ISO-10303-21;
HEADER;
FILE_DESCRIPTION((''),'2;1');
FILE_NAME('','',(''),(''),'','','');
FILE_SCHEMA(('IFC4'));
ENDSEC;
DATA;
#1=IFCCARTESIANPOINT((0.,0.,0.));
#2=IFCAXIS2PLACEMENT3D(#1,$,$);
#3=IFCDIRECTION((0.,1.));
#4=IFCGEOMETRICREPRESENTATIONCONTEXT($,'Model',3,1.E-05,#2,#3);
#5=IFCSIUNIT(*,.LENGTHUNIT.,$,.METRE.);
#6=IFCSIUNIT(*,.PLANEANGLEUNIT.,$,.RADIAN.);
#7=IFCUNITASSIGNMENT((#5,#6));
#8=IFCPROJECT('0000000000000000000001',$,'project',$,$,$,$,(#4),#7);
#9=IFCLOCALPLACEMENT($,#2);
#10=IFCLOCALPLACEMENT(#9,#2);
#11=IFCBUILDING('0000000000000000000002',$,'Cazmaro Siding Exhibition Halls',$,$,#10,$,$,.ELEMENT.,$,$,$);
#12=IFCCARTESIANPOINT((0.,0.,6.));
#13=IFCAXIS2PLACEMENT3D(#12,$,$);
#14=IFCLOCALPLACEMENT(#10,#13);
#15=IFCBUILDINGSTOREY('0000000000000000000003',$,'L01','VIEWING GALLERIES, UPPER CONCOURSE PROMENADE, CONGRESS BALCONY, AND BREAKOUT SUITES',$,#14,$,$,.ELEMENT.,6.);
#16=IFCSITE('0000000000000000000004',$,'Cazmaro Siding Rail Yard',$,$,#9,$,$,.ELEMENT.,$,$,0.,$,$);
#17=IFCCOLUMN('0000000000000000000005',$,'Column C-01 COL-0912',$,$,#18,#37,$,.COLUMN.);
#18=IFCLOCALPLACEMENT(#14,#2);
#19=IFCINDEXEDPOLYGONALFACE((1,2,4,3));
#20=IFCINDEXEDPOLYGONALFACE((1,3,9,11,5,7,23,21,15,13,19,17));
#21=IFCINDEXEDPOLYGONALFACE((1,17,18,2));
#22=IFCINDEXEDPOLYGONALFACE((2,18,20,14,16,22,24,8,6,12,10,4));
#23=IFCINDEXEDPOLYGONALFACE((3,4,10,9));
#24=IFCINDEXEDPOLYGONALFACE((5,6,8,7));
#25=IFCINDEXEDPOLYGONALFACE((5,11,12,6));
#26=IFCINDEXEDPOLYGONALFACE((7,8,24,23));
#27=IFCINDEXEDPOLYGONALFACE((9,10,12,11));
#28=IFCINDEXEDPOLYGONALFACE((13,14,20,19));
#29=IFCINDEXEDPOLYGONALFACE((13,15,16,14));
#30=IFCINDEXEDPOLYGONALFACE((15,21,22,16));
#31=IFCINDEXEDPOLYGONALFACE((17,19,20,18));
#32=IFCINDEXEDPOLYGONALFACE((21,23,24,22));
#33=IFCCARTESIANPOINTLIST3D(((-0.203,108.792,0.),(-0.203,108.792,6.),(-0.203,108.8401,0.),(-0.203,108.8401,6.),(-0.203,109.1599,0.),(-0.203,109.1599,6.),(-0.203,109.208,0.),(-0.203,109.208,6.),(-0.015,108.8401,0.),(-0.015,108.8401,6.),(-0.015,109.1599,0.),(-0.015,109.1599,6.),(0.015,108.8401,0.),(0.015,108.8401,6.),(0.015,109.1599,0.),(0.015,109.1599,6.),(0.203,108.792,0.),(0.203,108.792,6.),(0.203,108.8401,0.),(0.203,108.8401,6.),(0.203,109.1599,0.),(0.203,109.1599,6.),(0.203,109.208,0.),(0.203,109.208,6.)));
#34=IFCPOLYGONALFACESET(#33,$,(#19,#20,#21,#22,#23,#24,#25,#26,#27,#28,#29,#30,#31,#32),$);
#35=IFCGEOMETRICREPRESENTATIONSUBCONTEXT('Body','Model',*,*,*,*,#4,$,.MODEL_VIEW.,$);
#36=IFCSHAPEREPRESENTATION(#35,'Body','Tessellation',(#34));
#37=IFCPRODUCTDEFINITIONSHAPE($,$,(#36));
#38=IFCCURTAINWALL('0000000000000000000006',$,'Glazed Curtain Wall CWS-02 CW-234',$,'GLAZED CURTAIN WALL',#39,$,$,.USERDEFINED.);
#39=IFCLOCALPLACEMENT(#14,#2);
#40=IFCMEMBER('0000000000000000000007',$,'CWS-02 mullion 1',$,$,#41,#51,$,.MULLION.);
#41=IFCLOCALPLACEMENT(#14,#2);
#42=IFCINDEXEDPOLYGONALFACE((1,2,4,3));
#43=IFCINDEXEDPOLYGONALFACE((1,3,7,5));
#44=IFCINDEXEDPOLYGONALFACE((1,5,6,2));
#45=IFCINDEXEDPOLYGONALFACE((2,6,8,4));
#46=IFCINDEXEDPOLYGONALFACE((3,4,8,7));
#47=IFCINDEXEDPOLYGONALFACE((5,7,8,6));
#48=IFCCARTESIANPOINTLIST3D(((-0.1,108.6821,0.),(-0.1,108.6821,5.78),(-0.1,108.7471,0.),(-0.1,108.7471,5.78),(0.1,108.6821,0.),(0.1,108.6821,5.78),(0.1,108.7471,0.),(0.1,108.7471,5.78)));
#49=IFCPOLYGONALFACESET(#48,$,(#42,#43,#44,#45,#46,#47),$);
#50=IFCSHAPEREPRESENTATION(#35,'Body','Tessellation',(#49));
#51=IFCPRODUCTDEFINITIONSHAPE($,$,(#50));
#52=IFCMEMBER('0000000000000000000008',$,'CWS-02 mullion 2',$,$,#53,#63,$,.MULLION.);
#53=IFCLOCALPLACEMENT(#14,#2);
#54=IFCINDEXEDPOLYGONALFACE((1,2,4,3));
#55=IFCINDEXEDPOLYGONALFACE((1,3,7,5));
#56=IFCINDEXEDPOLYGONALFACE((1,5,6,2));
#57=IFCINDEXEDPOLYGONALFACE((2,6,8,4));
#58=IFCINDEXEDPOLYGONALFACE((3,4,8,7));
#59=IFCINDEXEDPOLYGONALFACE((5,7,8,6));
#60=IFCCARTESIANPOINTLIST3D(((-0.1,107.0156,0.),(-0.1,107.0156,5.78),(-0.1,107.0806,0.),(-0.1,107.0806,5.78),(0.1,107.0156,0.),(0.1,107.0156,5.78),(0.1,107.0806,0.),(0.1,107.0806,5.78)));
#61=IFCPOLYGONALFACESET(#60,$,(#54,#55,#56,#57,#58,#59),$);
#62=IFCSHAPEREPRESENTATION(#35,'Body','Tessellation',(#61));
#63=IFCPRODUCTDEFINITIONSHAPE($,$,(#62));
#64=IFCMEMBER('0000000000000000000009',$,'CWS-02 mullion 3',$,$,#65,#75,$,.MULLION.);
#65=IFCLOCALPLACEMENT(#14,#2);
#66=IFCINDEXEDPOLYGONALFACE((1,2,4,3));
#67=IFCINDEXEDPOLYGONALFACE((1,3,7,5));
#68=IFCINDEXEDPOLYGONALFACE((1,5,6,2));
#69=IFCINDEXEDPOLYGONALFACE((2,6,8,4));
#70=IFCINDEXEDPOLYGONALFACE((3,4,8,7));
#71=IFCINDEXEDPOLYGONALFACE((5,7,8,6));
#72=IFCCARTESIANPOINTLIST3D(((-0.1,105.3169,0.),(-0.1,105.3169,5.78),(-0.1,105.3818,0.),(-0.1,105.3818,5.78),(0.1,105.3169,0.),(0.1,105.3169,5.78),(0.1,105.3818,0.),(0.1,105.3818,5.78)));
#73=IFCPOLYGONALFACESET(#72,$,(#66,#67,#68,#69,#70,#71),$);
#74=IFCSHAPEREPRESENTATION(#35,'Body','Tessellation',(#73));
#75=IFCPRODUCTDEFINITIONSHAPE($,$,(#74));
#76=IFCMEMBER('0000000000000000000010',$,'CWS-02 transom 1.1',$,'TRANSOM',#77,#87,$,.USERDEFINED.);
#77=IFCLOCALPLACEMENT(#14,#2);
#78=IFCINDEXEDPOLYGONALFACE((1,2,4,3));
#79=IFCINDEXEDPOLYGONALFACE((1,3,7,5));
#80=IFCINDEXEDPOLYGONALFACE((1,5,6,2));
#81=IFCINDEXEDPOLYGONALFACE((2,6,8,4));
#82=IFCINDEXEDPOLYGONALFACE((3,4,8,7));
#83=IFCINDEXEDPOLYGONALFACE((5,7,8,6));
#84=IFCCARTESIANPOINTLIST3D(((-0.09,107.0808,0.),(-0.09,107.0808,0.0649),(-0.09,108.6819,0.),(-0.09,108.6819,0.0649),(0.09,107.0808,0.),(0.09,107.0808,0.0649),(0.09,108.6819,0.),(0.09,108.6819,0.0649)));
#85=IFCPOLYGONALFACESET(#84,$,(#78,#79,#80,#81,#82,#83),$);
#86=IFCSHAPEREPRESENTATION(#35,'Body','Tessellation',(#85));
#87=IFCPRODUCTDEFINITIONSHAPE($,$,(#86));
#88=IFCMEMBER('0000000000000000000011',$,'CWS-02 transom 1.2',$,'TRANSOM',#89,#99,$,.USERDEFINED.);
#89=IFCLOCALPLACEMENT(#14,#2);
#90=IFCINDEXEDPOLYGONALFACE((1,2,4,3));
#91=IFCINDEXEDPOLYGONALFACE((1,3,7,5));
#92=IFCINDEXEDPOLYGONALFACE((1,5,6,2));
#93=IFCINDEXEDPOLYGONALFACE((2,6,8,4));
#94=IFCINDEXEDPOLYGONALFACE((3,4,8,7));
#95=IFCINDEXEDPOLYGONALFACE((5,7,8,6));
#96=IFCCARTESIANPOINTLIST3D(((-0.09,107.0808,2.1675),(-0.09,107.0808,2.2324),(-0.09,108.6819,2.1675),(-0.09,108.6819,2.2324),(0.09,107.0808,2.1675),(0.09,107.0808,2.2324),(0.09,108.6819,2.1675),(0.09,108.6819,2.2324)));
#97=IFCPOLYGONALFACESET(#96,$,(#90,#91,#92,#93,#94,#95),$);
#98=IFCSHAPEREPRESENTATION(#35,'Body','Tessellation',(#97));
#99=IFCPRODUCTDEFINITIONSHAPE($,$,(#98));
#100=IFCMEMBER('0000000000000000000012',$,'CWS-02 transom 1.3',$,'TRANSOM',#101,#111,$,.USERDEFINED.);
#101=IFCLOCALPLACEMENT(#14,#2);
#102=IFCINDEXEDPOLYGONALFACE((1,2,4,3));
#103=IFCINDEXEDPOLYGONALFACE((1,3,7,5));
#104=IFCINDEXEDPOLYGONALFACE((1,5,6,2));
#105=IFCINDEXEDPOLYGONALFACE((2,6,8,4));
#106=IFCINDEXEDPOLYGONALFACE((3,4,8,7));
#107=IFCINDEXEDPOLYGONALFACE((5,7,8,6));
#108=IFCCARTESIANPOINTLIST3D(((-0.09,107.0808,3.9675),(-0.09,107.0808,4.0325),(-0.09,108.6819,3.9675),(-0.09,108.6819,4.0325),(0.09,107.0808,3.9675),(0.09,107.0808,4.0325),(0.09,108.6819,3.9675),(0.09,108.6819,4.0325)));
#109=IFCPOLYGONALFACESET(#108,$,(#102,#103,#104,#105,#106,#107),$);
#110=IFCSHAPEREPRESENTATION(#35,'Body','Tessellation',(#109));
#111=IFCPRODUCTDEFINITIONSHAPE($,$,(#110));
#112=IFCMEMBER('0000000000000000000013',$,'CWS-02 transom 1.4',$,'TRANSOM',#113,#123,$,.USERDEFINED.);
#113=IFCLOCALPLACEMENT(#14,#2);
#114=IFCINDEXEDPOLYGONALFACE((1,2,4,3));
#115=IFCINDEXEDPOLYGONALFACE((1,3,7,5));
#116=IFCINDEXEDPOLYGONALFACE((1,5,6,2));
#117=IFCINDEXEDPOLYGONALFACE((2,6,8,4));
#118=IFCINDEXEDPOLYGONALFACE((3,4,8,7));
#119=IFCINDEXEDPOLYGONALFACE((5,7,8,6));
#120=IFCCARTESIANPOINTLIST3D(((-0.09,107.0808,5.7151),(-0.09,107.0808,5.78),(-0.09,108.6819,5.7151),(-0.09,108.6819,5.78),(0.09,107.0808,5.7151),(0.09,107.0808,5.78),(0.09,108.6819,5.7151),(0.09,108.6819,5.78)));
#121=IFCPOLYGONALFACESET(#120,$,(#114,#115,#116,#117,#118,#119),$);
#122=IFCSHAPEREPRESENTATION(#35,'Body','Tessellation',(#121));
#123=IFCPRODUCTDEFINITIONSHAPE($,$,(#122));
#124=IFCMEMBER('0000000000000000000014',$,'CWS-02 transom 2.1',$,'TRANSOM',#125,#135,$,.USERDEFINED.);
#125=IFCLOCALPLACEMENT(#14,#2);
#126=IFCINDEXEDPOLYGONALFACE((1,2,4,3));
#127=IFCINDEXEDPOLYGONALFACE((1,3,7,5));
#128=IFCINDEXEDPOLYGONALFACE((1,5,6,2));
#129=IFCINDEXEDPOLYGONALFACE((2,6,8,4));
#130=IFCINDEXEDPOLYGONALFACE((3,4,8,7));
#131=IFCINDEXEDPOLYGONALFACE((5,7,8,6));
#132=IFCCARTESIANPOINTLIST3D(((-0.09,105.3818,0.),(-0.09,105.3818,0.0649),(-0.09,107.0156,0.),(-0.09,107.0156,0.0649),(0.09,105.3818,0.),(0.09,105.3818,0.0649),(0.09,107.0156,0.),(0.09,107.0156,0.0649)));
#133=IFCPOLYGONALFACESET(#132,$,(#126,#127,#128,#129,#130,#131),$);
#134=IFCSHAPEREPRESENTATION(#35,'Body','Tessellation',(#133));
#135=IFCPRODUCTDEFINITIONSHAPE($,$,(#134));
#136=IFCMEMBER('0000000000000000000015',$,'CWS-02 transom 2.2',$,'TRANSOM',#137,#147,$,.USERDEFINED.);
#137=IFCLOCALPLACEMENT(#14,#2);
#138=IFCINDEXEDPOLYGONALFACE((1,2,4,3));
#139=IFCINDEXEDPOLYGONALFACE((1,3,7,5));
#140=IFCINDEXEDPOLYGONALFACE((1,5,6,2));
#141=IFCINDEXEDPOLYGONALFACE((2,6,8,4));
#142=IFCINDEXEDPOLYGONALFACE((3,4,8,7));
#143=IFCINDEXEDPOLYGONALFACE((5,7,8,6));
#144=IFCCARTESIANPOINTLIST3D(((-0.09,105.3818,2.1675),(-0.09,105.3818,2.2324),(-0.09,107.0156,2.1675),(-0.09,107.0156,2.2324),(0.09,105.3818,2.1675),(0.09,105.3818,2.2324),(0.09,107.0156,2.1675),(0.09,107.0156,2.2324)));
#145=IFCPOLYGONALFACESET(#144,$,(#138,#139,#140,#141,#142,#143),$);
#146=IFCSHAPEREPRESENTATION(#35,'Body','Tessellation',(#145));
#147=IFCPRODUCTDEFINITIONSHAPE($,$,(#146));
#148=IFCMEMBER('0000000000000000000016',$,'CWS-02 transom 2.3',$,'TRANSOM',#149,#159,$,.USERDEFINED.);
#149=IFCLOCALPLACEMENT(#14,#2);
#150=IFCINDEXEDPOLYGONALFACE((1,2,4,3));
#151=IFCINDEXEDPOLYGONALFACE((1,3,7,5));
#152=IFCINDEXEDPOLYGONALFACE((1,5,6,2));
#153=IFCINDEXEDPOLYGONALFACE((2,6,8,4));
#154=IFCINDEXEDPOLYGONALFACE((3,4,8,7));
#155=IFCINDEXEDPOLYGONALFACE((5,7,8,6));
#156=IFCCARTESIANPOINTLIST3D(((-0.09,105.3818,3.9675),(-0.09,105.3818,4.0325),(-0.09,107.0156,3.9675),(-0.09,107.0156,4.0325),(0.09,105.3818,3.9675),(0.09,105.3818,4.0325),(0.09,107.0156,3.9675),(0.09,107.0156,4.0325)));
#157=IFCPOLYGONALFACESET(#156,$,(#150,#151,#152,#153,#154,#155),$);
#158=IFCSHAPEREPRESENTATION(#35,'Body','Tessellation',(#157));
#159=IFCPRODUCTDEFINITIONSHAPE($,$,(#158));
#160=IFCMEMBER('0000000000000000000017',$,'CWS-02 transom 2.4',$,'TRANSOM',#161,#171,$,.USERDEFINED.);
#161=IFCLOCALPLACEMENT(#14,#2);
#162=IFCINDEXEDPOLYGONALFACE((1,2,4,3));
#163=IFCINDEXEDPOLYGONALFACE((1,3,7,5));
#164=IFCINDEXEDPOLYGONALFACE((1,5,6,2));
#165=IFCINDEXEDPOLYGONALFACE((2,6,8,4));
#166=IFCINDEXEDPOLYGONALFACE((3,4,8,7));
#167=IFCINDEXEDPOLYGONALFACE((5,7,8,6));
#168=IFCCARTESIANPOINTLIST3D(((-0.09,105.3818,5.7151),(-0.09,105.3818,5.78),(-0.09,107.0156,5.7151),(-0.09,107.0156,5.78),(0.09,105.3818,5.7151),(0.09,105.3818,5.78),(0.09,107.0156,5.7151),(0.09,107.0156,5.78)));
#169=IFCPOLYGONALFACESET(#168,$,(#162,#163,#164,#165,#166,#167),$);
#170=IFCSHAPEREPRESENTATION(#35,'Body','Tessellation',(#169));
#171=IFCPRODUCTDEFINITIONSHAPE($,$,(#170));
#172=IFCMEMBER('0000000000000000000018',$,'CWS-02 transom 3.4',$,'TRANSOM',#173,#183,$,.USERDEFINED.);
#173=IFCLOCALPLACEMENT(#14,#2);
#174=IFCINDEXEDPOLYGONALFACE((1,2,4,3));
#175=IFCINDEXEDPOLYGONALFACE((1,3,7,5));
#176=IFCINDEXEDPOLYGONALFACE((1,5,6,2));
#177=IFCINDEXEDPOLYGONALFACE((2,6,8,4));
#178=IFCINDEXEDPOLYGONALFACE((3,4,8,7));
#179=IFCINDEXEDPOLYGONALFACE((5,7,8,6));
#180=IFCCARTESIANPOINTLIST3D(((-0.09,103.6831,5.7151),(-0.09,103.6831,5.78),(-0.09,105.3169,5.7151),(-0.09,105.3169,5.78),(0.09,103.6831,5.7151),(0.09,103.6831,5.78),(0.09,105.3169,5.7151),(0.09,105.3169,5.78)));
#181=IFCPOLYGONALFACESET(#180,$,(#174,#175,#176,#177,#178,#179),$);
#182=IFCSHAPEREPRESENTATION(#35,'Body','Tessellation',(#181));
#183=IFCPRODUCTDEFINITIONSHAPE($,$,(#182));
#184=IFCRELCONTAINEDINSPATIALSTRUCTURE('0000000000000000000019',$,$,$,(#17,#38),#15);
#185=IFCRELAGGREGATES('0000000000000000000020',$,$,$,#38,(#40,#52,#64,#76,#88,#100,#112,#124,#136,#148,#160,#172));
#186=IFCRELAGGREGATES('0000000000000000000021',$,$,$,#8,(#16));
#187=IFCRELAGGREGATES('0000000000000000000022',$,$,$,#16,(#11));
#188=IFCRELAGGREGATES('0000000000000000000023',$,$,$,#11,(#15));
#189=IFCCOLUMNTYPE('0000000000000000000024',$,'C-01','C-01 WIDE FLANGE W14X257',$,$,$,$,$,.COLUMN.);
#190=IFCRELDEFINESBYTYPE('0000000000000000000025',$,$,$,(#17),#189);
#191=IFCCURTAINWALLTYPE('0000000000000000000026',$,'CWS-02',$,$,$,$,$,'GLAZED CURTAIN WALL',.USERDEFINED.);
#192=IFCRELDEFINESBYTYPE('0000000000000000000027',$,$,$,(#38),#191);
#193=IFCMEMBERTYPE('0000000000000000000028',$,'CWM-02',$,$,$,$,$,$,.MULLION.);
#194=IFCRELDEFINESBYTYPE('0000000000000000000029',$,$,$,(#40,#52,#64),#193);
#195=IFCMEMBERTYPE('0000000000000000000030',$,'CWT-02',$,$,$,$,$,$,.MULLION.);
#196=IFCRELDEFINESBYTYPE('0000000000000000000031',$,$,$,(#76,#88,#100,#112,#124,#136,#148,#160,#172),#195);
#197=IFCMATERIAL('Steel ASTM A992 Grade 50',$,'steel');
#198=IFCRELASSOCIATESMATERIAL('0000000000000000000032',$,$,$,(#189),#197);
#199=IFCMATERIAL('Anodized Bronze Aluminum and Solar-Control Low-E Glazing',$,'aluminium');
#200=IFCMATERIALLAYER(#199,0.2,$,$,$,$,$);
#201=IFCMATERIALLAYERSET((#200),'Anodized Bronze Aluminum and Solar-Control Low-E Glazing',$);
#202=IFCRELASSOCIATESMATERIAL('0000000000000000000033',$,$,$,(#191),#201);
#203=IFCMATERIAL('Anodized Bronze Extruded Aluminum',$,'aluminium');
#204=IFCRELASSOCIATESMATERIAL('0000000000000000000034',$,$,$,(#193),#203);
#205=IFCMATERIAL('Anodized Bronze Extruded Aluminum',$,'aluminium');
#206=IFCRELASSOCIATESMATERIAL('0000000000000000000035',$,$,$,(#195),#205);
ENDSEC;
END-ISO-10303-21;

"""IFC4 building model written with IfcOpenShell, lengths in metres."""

from ifc_helpers import new_model, si_unit, direction, frame, origin, origin_2d, place, context, subcontext, project, spatial, rectangle, i_section, extrude, material, layer, layer_set, material_profile, profile_set, type_object, element, aggregate, save


model = new_model("IFC4")

# Units and contexts
model_context = context("Model", 3, precision=1e-05, world=origin(), true_north=direction((0.0, 1.0)))
body_context = subcontext(model_context, "Body", "Model", "MODEL_VIEW")
ifc_project = project(units=[si_unit("LENGTHUNIT", "METRE"), si_unit("PLANEANGLEUNIT", "RADIAN")], contexts=[model_context])

# Site, building, storey
site_placement = place(None, origin())
site = spatial("IfcSite", under=ifc_project, at=site_placement, Name="Cazmaro Siding Rail Yard", CompositionType="ELEMENT", RefElevation=0.0)
building_placement = place(site_placement, origin())
building = spatial("IfcBuilding", under=site, at=building_placement, Name="Cazmaro Siding Exhibition Halls", CompositionType="ELEMENT")
storey_placement = place(building_placement, frame((0.0, 0.0, 6.0)))
storey = spatial("IfcBuildingStorey", under=building, at=storey_placement, Name="L01", Description="VIEWING GALLERIES, UPPER CONCOURSE PROMENADE, CONGRESS BALCONY, AND BREAKOUT SUITES", CompositionType="ELEMENT", Elevation=6.0)

# Column
ifc_material_1 = material(Name="Steel ASTM A992 Grade 50", Category="steel")
ifc_material_profile_1 = material_profile(ifc_material_1, i_section(OverallWidth=0.406, OverallDepth=0.416, WebThickness=0.03, FlangeThickness=0.0481, at=origin_2d()), Name="W14X257")
ifc_profile_set_1 = profile_set([ifc_material_profile_1], Name="Steel ASTM A992 Grade 50")
column_type = type_object("IfcColumnType", Name="C-01", Description="C-01 WIDE FLANGE W14X257", PredefinedType="COLUMN", material=ifc_profile_set_1)
column_placement = place(storey_placement, frame((0.0, 109.0, 0.0), z_axis=(0.0, 0.0, 1.0), x_axis=(1.0, 0.0, 0.0)))
element("IfcColumn", 1, at=column_placement, inside=storey, type_object=column_type, Name="Column C-01 COL-0912", PredefinedType="COLUMN", context=body_context, shape_type="SweptSolid", body=[
    extrude(i_section(OverallWidth=0.406, OverallDepth=0.416, WebThickness=0.03, FlangeThickness=0.0481, at=origin_2d()), origin(), (0.0, 0.0, 1.0), 6.0),
])

# Curtain wall, members
ifc_material_2 = material(Name="Anodized Bronze Aluminum and Solar-Control Low-E Glazing", Category="aluminium")
ifc_layer_1 = layer(ifc_material_2, 0.2)
ifc_layer_set_1 = layer_set([ifc_layer_1], Name="Anodized Bronze Aluminum and Solar-Control Low-E Glazing")
curtain_wall_type = type_object("IfcCurtainWallType", Name="CWS-02", ElementType="GLAZED CURTAIN WALL", PredefinedType="USERDEFINED", material=ifc_layer_set_1)
curtain_wall_placement = place(storey_placement, origin())
curtain_wall = element("IfcCurtainWall", 2, at=curtain_wall_placement, inside=storey, type_object=curtain_wall_type, Name="Glazed Curtain Wall CWS-02 CW-234", ObjectType="GLAZED CURTAIN WALL", PredefinedType="USERDEFINED")
ifc_material_3 = material(Name="Anodized Bronze Extruded Aluminum", Category="aluminium")
ifc_material_profile_2 = material_profile(ifc_material_3, rectangle(XDim=0.2, YDim=0.0649, at=origin_2d()), Name="CWM-02")
ifc_profile_set_2 = profile_set([ifc_material_profile_2], Name="Anodized Bronze Extruded Aluminum")
member_type_1 = type_object("IfcMemberType", Name="CWM-02", PredefinedType="MULLION", material=ifc_profile_set_2)
member_1_placement = place(storey_placement, frame((0.0, 108.7146, 0.0), z_axis=(0.0, 0.0, 1.0), x_axis=(1.0, 0.0, 0.0)))
member_1 = element("IfcMember", 3, at=member_1_placement, type_object=member_type_1, Name="CWS-02 mullion 1", PredefinedType="MULLION", context=body_context, shape_type="SweptSolid", body=[
    extrude(rectangle(XDim=0.2, YDim=0.0649, at=origin_2d()), origin(), (0.0, 0.0, 1.0), 5.78),
])
member_2_placement = place(storey_placement, frame((0.0, 107.0481, 0.0), z_axis=(0.0, 0.0, 1.0), x_axis=(1.0, 0.0, 0.0)))
member_2 = element("IfcMember", 4, at=member_2_placement, type_object=member_type_1, Name="CWS-02 mullion 2", PredefinedType="MULLION", context=body_context, shape_type="SweptSolid", body=[
    extrude(rectangle(XDim=0.2, YDim=0.0649, at=origin_2d()), origin(), (0.0, 0.0, 1.0), 5.78),
])
member_3_placement = place(storey_placement, frame((0.0, 105.3494, 0.0), z_axis=(0.0, 0.0, 1.0), x_axis=(1.0, 0.0, 0.0)))
member_3 = element("IfcMember", 5, at=member_3_placement, type_object=member_type_1, Name="CWS-02 mullion 3", PredefinedType="MULLION", context=body_context, shape_type="SweptSolid", body=[
    extrude(rectangle(XDim=0.2, YDim=0.0649, at=origin_2d()), origin(), (0.0, 0.0, 1.0), 5.78),
])
ifc_material_4 = material(Name="Anodized Bronze Extruded Aluminum", Category="aluminium")
ifc_material_profile_3 = material_profile(ifc_material_4, rectangle(XDim=0.1799, YDim=0.0649, at=origin_2d()), Name="CWT-02")
ifc_profile_set_3 = profile_set([ifc_material_profile_3], Name="Anodized Bronze Extruded Aluminum")
member_type_2 = type_object("IfcMemberType", Name="CWT-02", PredefinedType="MULLION", material=ifc_profile_set_3)
member_4_placement = place(storey_placement, frame((0.0, 108.6819, 0.0325), z_axis=(0.0, -1.0, 0.0), x_axis=(1.0, 0.0, 0.0)))
member_4 = element("IfcMember", 6, at=member_4_placement, type_object=member_type_2, Name="CWS-02 transom 1.1", ObjectType="TRANSOM", PredefinedType="USERDEFINED", context=body_context, shape_type="SweptSolid", body=[
    extrude(rectangle(XDim=0.1799, YDim=0.0649, at=origin_2d()), origin(), (0.0, 0.0, 1.0), 1.6011),
])
member_5_placement = place(storey_placement, frame((0.0, 108.6819, 2.2), z_axis=(0.0, -1.0, 0.0), x_axis=(1.0, 0.0, 0.0)))
member_5 = element("IfcMember", 7, at=member_5_placement, type_object=member_type_2, Name="CWS-02 transom 1.2", ObjectType="TRANSOM", PredefinedType="USERDEFINED", context=body_context, shape_type="SweptSolid", body=[
    extrude(rectangle(XDim=0.1799, YDim=0.0649, at=origin_2d()), origin(), (0.0, 0.0, 1.0), 1.6011),
])
member_6_placement = place(storey_placement, frame((0.0, 108.6819, 4.0), z_axis=(0.0, -1.0, 0.0), x_axis=(1.0, 0.0, 0.0)))
member_6 = element("IfcMember", 8, at=member_6_placement, type_object=member_type_2, Name="CWS-02 transom 1.3", ObjectType="TRANSOM", PredefinedType="USERDEFINED", context=body_context, shape_type="SweptSolid", body=[
    extrude(rectangle(XDim=0.1799, YDim=0.0649, at=origin_2d()), origin(), (0.0, 0.0, 1.0), 1.6011),
])
member_7_placement = place(storey_placement, frame((0.0, 108.6819, 5.7476), z_axis=(0.0, -1.0, 0.0), x_axis=(1.0, 0.0, 0.0)))
member_7 = element("IfcMember", 9, at=member_7_placement, type_object=member_type_2, Name="CWS-02 transom 1.4", ObjectType="TRANSOM", PredefinedType="USERDEFINED", context=body_context, shape_type="SweptSolid", body=[
    extrude(rectangle(XDim=0.1799, YDim=0.0649, at=origin_2d()), origin(), (0.0, 0.0, 1.0), 1.6011),
])
member_8_placement = place(storey_placement, frame((0.0, 107.0156, 0.0325), z_axis=(0.0, -1.0, 0.0), x_axis=(1.0, 0.0, 0.0)))
member_8 = element("IfcMember", 10, at=member_8_placement, type_object=member_type_2, Name="CWS-02 transom 2.1", ObjectType="TRANSOM", PredefinedType="USERDEFINED", context=body_context, shape_type="SweptSolid", body=[
    extrude(rectangle(XDim=0.1799, YDim=0.0649, at=origin_2d()), origin(), (0.0, 0.0, 1.0), 1.6338),
])
member_9_placement = place(storey_placement, frame((0.0, 107.0156, 2.2), z_axis=(0.0, -1.0, 0.0), x_axis=(1.0, 0.0, 0.0)))
member_9 = element("IfcMember", 11, at=member_9_placement, type_object=member_type_2, Name="CWS-02 transom 2.2", ObjectType="TRANSOM", PredefinedType="USERDEFINED", context=body_context, shape_type="SweptSolid", body=[
    extrude(rectangle(XDim=0.1799, YDim=0.0649, at=origin_2d()), origin(), (0.0, 0.0, 1.0), 1.6338),
])
member_10_placement = place(storey_placement, frame((0.0, 107.0156, 4.0), z_axis=(0.0, -1.0, 0.0), x_axis=(1.0, 0.0, 0.0)))
member_10 = element("IfcMember", 12, at=member_10_placement, type_object=member_type_2, Name="CWS-02 transom 2.3", ObjectType="TRANSOM", PredefinedType="USERDEFINED", context=body_context, shape_type="SweptSolid", body=[
    extrude(rectangle(XDim=0.1799, YDim=0.0649, at=origin_2d()), origin(), (0.0, 0.0, 1.0), 1.6338),
])
member_11_placement = place(storey_placement, frame((0.0, 107.0156, 5.7476), z_axis=(0.0, -1.0, 0.0), x_axis=(1.0, 0.0, 0.0)))
member_11 = element("IfcMember", 13, at=member_11_placement, type_object=member_type_2, Name="CWS-02 transom 2.4", ObjectType="TRANSOM", PredefinedType="USERDEFINED", context=body_context, shape_type="SweptSolid", body=[
    extrude(rectangle(XDim=0.1799, YDim=0.0649, at=origin_2d()), origin(), (0.0, 0.0, 1.0), 1.6338),
])
member_12_placement = place(storey_placement, frame((0.0, 105.3169, 5.7476), z_axis=(0.0, -1.0, 0.0), x_axis=(1.0, 0.0, 0.0)))
member_12 = element("IfcMember", 14, at=member_12_placement, type_object=member_type_2, Name="CWS-02 transom 3.4", ObjectType="TRANSOM", PredefinedType="USERDEFINED", context=body_context, shape_type="SweptSolid", body=[
    extrude(rectangle(XDim=0.1799, YDim=0.0649, at=origin_2d()), origin(), (0.0, 0.0, 1.0), 1.6338),
])
aggregate(curtain_wall, [member_1, member_2, member_3, member_4, member_5, member_6, member_7, member_8, member_9, member_10, member_11, member_12])

save(model, "model.ifc")
